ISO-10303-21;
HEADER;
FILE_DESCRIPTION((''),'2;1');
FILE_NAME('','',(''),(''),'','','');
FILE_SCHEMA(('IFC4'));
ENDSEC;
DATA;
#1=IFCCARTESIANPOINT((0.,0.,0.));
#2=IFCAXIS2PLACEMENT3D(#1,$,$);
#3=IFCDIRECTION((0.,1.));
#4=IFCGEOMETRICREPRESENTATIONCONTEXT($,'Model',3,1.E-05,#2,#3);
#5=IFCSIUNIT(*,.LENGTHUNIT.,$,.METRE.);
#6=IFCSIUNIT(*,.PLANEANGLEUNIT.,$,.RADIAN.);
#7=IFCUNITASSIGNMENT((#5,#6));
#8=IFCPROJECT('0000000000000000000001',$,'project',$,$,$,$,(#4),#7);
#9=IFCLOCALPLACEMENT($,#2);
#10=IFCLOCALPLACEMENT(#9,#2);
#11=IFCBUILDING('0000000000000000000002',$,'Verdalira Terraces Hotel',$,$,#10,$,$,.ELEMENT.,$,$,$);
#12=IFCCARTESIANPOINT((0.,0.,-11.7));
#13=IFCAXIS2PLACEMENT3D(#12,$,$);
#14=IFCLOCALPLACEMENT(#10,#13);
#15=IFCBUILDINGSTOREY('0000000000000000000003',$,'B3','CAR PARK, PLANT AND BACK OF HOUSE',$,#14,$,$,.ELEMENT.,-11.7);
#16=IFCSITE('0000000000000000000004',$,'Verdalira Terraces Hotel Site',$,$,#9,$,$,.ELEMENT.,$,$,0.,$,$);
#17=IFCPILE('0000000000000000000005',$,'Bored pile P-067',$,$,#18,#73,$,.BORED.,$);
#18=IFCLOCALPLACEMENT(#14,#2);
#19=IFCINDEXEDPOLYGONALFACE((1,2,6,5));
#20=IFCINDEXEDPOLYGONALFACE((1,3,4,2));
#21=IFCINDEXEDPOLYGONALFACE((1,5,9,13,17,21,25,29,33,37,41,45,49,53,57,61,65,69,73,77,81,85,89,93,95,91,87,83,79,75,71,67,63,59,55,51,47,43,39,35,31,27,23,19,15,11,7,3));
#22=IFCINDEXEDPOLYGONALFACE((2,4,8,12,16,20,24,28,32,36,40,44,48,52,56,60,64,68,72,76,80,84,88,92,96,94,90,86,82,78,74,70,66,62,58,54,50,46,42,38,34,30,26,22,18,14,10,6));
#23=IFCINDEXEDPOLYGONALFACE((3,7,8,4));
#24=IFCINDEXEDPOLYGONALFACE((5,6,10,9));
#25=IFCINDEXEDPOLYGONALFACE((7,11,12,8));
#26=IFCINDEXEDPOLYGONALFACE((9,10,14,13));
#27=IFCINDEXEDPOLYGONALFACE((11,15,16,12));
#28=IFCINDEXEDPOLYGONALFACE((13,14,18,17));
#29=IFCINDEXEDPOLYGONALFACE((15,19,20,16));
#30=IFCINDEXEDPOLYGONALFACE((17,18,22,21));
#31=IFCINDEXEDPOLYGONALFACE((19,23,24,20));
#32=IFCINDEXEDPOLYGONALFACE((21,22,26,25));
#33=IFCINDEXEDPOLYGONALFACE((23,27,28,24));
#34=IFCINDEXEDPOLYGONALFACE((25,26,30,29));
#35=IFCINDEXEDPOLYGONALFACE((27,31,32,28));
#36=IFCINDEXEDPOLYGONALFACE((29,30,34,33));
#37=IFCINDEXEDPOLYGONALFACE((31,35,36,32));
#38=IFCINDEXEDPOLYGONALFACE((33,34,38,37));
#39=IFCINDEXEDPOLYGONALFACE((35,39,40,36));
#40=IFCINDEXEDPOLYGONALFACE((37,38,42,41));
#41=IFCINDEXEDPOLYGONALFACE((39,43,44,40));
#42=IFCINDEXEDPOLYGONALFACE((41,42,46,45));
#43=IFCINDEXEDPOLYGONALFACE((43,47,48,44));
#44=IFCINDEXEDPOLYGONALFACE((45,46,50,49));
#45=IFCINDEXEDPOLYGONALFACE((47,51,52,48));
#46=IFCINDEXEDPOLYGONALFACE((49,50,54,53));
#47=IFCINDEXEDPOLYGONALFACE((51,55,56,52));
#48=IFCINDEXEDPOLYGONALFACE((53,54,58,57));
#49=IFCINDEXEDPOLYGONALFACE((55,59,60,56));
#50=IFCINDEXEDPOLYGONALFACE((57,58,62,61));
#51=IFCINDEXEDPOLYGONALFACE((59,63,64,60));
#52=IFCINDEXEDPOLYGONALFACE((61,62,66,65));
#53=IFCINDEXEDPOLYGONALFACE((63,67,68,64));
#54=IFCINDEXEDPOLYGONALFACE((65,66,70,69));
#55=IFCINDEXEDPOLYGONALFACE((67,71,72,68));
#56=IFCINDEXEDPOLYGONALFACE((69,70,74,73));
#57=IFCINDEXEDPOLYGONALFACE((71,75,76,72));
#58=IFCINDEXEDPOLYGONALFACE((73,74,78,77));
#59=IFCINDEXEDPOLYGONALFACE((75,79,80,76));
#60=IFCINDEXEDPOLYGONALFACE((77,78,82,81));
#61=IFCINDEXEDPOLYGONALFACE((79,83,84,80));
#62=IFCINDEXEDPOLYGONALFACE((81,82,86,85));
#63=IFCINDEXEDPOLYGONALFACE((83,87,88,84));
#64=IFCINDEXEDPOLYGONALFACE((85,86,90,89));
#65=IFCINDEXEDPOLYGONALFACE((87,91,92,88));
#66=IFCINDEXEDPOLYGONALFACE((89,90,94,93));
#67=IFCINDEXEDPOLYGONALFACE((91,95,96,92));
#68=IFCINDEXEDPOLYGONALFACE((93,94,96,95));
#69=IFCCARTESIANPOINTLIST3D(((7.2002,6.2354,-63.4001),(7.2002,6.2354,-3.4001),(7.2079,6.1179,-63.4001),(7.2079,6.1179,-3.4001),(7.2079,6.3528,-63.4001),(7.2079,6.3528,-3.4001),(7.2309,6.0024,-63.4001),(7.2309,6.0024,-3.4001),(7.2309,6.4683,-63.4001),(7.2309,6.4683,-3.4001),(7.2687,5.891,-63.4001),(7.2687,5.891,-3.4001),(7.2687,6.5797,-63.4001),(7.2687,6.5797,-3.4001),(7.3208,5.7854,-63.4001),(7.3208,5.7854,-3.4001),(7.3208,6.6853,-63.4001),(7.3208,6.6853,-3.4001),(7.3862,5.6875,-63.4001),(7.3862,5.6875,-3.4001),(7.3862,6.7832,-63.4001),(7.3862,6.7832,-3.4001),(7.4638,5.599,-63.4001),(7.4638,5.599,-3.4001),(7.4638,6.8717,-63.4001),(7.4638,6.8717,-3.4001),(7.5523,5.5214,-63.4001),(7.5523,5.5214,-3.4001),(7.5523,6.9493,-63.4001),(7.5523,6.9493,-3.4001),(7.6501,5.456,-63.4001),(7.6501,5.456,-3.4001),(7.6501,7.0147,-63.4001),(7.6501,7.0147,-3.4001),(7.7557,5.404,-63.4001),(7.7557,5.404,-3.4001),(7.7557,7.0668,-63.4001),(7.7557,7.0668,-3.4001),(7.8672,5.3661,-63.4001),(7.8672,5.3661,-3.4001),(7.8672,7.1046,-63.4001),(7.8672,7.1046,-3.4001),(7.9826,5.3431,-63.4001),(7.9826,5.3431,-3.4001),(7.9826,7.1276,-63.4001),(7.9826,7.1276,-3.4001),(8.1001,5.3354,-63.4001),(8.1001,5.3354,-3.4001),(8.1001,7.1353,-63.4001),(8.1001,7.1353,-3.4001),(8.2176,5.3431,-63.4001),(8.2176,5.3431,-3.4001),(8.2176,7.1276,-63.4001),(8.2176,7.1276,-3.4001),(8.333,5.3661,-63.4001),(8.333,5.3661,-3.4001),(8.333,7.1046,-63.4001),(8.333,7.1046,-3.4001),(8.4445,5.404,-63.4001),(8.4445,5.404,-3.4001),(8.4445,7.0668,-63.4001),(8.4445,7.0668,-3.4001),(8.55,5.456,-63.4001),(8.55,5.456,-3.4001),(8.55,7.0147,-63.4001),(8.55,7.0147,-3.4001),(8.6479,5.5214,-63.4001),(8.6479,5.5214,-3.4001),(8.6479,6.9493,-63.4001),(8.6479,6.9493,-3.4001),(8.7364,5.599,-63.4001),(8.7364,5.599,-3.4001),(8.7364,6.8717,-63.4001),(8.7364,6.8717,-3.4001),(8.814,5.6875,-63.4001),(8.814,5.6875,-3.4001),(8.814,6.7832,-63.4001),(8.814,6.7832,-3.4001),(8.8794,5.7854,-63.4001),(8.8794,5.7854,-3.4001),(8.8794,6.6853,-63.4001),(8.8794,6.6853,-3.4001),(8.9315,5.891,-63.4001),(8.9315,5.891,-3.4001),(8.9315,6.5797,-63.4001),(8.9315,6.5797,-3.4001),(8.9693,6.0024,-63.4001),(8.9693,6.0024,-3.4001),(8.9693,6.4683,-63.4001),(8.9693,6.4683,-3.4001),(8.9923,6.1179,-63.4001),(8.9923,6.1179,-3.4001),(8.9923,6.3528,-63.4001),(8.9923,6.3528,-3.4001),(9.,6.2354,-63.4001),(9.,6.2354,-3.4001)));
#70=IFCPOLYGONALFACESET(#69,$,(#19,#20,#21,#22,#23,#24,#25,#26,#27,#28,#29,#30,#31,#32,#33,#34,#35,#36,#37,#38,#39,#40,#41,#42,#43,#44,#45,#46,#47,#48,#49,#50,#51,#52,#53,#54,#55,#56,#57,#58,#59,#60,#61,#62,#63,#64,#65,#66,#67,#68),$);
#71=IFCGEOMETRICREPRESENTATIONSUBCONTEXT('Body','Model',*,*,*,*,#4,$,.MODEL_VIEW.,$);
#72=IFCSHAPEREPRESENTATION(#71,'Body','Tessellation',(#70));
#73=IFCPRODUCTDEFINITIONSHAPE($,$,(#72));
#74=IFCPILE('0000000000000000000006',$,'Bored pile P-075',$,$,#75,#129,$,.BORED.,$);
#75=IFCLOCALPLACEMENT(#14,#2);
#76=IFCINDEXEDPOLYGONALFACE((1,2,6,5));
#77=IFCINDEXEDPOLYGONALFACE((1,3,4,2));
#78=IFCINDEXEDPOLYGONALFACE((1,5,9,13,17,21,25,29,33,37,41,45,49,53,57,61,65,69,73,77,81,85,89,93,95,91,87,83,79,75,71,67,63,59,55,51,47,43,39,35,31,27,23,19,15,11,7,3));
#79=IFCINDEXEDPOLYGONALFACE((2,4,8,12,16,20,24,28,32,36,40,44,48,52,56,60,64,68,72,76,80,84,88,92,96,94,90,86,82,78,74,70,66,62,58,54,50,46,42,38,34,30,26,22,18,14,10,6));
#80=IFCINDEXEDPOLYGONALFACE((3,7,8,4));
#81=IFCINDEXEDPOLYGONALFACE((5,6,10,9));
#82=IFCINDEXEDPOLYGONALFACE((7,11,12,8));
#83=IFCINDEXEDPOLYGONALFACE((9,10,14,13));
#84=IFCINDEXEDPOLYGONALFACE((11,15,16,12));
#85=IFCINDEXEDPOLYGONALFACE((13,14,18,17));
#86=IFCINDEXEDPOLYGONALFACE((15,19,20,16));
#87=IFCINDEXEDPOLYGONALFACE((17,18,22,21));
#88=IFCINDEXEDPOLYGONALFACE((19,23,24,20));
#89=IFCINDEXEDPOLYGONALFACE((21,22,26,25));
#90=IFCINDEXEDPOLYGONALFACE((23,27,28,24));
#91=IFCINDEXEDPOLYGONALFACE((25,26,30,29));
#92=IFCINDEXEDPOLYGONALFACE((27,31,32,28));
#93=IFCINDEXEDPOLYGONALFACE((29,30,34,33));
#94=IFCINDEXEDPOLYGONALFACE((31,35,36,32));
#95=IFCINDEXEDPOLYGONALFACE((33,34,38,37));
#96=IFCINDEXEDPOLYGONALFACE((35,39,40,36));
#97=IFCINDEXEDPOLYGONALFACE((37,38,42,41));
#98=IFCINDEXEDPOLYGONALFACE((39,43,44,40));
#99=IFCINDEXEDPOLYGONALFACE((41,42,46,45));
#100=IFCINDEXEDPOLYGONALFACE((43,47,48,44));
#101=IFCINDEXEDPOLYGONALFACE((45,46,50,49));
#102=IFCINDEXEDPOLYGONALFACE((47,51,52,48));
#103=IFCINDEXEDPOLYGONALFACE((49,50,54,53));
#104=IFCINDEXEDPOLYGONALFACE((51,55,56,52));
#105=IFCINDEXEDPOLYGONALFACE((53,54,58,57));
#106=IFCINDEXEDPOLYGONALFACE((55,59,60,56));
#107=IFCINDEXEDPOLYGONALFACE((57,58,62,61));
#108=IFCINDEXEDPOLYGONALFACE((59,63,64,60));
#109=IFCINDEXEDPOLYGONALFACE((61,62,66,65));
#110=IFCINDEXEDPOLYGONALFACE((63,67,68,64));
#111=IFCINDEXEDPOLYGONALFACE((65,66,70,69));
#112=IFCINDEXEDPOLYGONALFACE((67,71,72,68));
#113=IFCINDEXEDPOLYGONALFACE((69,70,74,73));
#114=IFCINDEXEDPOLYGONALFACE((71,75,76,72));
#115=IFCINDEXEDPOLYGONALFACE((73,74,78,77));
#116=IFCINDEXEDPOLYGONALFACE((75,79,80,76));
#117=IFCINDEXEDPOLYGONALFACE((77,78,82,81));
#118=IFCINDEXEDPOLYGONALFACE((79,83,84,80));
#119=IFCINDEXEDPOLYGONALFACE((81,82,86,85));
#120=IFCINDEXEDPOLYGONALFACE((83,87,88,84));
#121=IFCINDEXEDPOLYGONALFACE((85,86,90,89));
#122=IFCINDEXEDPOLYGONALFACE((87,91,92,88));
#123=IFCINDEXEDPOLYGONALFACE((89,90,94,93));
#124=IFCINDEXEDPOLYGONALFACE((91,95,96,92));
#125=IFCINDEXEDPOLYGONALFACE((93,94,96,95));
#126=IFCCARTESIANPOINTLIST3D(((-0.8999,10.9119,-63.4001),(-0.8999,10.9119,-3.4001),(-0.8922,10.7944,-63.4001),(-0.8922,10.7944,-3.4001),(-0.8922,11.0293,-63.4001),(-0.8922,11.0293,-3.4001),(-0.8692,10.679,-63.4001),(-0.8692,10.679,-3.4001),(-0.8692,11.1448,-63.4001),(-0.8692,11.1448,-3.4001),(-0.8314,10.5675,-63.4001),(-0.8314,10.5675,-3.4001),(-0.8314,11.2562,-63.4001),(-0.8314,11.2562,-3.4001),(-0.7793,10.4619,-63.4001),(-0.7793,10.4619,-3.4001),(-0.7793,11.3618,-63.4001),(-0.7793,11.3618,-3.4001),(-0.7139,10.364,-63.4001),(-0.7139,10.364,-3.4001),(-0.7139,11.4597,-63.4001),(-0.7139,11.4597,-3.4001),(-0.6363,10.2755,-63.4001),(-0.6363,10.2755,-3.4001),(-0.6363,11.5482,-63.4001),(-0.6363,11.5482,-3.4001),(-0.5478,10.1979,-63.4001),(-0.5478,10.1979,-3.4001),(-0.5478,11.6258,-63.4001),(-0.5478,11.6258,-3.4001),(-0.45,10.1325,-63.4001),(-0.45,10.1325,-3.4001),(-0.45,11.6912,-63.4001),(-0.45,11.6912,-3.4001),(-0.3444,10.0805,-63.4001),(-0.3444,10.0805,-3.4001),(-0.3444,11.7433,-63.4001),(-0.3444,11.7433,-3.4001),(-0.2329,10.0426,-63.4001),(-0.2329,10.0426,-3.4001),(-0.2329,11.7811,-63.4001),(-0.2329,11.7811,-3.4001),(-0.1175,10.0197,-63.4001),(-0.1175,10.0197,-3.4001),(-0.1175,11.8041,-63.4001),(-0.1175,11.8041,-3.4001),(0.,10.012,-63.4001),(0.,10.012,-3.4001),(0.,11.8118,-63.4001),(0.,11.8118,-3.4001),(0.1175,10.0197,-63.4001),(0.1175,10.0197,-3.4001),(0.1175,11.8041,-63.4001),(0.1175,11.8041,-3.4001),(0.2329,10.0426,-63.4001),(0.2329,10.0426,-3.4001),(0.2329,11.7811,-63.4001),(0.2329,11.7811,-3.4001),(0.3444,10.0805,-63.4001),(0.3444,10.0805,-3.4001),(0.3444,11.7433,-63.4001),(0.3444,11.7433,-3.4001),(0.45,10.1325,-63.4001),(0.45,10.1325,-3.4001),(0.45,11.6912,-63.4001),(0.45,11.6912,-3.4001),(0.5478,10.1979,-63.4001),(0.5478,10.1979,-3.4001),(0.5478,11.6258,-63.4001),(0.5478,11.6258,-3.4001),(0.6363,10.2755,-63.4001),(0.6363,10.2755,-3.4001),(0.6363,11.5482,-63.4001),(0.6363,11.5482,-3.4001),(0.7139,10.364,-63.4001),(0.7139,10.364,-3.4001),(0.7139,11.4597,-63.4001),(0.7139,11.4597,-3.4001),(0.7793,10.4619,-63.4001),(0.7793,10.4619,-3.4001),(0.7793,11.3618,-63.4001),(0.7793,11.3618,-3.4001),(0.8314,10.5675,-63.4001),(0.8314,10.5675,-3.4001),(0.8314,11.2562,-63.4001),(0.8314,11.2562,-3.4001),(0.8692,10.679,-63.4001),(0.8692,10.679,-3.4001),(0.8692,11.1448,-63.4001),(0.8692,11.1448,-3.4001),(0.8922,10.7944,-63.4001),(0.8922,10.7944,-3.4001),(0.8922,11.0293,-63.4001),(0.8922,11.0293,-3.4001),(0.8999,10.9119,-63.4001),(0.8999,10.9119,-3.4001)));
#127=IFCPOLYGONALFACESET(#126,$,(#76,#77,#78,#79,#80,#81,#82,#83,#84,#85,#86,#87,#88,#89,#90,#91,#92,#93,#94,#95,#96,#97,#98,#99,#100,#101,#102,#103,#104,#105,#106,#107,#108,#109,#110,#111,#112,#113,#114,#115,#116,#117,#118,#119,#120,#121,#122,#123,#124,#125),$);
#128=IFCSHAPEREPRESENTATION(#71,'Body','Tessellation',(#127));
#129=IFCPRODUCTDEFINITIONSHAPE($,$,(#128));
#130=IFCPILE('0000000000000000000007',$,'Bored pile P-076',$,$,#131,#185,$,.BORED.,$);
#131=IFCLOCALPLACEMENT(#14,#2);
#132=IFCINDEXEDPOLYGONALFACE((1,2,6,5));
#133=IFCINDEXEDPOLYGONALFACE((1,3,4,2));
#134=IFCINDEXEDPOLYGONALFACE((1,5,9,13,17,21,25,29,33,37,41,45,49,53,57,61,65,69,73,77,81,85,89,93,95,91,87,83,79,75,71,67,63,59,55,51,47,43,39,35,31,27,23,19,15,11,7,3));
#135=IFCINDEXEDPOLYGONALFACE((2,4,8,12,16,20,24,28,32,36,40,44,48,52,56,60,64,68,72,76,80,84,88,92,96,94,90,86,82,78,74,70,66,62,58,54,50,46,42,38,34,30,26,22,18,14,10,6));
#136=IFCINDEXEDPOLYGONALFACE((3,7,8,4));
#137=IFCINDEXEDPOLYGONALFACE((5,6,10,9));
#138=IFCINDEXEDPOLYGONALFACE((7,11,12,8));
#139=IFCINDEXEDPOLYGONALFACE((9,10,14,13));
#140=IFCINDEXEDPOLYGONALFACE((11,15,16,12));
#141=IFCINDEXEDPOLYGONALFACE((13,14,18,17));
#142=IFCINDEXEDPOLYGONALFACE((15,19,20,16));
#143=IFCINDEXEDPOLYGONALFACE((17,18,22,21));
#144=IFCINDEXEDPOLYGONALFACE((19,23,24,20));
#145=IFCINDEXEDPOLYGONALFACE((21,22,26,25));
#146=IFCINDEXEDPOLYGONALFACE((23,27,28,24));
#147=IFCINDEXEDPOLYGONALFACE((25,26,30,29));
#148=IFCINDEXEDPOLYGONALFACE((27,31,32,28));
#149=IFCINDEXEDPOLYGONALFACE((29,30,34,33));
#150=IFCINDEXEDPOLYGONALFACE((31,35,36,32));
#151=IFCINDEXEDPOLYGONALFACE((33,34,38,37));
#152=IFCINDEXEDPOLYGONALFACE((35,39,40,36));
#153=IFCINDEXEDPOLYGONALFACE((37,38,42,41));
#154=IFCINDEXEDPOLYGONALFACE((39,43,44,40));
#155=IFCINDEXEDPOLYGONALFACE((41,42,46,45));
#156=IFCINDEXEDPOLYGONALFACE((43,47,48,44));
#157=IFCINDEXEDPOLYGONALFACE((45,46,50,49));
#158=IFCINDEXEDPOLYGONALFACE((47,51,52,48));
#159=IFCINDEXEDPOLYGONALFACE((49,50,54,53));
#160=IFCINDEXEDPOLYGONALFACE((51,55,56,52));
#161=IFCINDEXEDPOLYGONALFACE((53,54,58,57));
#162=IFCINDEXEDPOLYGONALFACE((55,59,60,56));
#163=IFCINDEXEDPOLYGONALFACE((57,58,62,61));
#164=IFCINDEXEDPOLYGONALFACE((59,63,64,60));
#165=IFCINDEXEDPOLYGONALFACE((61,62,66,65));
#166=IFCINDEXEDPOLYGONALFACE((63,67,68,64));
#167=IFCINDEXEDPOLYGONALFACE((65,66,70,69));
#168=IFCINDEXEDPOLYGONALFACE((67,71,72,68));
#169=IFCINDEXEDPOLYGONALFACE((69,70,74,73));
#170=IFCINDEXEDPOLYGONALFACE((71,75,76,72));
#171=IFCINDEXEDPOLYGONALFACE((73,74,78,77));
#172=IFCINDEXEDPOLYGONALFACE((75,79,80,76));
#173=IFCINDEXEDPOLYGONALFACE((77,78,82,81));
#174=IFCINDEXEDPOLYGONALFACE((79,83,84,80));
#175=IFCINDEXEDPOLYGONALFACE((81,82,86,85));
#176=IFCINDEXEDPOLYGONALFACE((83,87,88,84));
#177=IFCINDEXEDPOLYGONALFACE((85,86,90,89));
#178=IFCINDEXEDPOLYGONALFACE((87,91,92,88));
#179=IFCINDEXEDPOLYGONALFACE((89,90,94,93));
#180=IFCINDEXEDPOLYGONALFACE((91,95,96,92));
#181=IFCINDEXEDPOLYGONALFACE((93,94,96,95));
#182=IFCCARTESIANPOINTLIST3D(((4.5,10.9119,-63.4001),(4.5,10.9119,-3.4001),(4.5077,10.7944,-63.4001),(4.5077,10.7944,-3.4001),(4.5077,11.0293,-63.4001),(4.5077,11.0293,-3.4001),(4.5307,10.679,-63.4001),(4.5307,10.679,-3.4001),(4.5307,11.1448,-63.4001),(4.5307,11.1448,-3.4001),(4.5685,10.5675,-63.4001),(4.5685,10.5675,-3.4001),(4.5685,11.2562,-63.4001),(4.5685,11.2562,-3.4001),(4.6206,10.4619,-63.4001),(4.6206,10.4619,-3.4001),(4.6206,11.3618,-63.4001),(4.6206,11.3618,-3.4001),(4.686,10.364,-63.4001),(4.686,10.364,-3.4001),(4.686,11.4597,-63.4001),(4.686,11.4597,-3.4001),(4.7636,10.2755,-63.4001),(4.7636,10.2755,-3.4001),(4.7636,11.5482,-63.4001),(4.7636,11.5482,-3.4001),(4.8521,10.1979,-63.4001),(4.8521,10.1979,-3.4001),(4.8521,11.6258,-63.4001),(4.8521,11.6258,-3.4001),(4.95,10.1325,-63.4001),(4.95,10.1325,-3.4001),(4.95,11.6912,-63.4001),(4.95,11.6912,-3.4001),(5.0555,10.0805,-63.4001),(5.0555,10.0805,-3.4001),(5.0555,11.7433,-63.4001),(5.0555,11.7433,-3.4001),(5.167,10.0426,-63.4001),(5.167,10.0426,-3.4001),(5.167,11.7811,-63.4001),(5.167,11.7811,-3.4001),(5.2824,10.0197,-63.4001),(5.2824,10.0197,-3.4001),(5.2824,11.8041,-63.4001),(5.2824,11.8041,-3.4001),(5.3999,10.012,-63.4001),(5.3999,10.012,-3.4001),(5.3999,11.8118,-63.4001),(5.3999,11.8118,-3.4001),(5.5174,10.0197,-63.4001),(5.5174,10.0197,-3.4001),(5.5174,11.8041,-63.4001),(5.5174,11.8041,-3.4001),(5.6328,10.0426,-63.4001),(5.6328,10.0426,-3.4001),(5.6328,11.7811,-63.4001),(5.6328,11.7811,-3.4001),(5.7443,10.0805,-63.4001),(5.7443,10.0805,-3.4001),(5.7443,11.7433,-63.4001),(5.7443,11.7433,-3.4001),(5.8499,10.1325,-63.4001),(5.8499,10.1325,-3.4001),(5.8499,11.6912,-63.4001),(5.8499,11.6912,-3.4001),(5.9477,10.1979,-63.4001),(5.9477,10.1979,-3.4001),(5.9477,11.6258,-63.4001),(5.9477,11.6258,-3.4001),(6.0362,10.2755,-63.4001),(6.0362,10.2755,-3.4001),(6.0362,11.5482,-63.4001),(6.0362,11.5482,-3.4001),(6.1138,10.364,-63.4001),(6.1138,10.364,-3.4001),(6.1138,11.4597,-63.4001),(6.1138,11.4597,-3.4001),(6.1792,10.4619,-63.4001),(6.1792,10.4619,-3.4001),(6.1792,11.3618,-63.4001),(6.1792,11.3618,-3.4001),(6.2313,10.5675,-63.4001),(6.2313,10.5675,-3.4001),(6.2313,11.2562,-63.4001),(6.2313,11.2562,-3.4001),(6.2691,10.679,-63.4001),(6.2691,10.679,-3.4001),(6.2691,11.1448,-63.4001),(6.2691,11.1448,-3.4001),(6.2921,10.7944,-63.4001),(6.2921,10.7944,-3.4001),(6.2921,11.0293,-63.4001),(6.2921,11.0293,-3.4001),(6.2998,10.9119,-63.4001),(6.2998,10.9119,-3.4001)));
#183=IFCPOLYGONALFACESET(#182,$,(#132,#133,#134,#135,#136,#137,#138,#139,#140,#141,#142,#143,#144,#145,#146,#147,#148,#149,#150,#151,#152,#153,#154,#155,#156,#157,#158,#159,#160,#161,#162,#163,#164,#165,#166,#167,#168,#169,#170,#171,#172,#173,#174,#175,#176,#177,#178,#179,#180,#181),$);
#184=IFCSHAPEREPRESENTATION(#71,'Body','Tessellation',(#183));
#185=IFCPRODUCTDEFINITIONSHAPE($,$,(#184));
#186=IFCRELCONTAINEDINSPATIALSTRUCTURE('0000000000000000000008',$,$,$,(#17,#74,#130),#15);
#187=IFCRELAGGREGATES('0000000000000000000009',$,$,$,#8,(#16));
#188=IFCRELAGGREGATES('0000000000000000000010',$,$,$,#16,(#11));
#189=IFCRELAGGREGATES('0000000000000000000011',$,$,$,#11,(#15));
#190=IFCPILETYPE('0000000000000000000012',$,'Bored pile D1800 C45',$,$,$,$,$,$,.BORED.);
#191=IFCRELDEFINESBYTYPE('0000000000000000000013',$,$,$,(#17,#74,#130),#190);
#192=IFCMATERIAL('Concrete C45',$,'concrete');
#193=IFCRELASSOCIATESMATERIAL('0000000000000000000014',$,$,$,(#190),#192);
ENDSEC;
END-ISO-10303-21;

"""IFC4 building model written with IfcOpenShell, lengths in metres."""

from ifc_helpers import new_model, si_unit, direction, frame, origin, origin_2d, place, context, subcontext, project, spatial, circle, extrude, material, material_profile, profile_set, type_object, element, save


model = new_model("IFC4")

# Units and contexts
model_context = context("Model", 3, precision=1e-05, world=origin(), true_north=direction((0.0, 1.0)))
body_context = subcontext(model_context, "Body", "Model", "MODEL_VIEW")
ifc_project = project(units=[si_unit("LENGTHUNIT", "METRE"), si_unit("PLANEANGLEUNIT", "RADIAN")], contexts=[model_context])

# Site, building, storey
site_placement = place(None, origin())
site = spatial("IfcSite", under=ifc_project, at=site_placement, Name="Verdalira Terraces Hotel Site", CompositionType="ELEMENT", RefElevation=0.0)
building_placement = place(site_placement, origin())
building = spatial("IfcBuilding", under=site, at=building_placement, Name="Verdalira Terraces Hotel", CompositionType="ELEMENT")
storey_placement = place(building_placement, frame((0.0, 0.0, -11.7)))
storey = spatial("IfcBuildingStorey", under=building, at=storey_placement, Name="B3", Description="CAR PARK, PLANT AND BACK OF HOUSE", CompositionType="ELEMENT", Elevation=-11.7)

# Piles
ifc_material_1 = material(Name="Concrete C45", Category="concrete")
ifc_material_profile = material_profile(ifc_material_1, circle(Radius=0.8999, at=origin_2d()), Name="D1800")
ifc_profile_set = profile_set([ifc_material_profile], Name="Concrete C45")
pile_type = type_object("IfcPileType", Name="Bored pile D1800 C45", PredefinedType="BORED", material=ifc_profile_set)
for number, where, z_axis, x_axis, name in (
    (1, (8.1001, 6.2354, -3.4001), (0.0, 0.0, -1.0), (1.0, 0.0, 0.0), "Bored pile P-067"),
    (2, (0.0, 10.9119, -3.4001), (0.0, 0.0, -1.0), (1.0, 0.0, 0.0), "Bored pile P-075"),
    (3, (5.3999, 10.9119, -3.4001), (0.0, 0.0, -1.0), (1.0, 0.0, 0.0), "Bored pile P-076"),
):
    element("IfcPile", number, at=place(storey_placement, frame(where, z_axis=z_axis, x_axis=x_axis)), inside=storey, type_object=pile_type, Name=name, PredefinedType="BORED", context=body_context, shape_type="SweptSolid", body=[
        extrude(circle(Radius=0.8999, at=origin_2d()), origin(), (0.0, 0.0, 1.0), 60.0),
    ])

save(model, "model.ifc")
